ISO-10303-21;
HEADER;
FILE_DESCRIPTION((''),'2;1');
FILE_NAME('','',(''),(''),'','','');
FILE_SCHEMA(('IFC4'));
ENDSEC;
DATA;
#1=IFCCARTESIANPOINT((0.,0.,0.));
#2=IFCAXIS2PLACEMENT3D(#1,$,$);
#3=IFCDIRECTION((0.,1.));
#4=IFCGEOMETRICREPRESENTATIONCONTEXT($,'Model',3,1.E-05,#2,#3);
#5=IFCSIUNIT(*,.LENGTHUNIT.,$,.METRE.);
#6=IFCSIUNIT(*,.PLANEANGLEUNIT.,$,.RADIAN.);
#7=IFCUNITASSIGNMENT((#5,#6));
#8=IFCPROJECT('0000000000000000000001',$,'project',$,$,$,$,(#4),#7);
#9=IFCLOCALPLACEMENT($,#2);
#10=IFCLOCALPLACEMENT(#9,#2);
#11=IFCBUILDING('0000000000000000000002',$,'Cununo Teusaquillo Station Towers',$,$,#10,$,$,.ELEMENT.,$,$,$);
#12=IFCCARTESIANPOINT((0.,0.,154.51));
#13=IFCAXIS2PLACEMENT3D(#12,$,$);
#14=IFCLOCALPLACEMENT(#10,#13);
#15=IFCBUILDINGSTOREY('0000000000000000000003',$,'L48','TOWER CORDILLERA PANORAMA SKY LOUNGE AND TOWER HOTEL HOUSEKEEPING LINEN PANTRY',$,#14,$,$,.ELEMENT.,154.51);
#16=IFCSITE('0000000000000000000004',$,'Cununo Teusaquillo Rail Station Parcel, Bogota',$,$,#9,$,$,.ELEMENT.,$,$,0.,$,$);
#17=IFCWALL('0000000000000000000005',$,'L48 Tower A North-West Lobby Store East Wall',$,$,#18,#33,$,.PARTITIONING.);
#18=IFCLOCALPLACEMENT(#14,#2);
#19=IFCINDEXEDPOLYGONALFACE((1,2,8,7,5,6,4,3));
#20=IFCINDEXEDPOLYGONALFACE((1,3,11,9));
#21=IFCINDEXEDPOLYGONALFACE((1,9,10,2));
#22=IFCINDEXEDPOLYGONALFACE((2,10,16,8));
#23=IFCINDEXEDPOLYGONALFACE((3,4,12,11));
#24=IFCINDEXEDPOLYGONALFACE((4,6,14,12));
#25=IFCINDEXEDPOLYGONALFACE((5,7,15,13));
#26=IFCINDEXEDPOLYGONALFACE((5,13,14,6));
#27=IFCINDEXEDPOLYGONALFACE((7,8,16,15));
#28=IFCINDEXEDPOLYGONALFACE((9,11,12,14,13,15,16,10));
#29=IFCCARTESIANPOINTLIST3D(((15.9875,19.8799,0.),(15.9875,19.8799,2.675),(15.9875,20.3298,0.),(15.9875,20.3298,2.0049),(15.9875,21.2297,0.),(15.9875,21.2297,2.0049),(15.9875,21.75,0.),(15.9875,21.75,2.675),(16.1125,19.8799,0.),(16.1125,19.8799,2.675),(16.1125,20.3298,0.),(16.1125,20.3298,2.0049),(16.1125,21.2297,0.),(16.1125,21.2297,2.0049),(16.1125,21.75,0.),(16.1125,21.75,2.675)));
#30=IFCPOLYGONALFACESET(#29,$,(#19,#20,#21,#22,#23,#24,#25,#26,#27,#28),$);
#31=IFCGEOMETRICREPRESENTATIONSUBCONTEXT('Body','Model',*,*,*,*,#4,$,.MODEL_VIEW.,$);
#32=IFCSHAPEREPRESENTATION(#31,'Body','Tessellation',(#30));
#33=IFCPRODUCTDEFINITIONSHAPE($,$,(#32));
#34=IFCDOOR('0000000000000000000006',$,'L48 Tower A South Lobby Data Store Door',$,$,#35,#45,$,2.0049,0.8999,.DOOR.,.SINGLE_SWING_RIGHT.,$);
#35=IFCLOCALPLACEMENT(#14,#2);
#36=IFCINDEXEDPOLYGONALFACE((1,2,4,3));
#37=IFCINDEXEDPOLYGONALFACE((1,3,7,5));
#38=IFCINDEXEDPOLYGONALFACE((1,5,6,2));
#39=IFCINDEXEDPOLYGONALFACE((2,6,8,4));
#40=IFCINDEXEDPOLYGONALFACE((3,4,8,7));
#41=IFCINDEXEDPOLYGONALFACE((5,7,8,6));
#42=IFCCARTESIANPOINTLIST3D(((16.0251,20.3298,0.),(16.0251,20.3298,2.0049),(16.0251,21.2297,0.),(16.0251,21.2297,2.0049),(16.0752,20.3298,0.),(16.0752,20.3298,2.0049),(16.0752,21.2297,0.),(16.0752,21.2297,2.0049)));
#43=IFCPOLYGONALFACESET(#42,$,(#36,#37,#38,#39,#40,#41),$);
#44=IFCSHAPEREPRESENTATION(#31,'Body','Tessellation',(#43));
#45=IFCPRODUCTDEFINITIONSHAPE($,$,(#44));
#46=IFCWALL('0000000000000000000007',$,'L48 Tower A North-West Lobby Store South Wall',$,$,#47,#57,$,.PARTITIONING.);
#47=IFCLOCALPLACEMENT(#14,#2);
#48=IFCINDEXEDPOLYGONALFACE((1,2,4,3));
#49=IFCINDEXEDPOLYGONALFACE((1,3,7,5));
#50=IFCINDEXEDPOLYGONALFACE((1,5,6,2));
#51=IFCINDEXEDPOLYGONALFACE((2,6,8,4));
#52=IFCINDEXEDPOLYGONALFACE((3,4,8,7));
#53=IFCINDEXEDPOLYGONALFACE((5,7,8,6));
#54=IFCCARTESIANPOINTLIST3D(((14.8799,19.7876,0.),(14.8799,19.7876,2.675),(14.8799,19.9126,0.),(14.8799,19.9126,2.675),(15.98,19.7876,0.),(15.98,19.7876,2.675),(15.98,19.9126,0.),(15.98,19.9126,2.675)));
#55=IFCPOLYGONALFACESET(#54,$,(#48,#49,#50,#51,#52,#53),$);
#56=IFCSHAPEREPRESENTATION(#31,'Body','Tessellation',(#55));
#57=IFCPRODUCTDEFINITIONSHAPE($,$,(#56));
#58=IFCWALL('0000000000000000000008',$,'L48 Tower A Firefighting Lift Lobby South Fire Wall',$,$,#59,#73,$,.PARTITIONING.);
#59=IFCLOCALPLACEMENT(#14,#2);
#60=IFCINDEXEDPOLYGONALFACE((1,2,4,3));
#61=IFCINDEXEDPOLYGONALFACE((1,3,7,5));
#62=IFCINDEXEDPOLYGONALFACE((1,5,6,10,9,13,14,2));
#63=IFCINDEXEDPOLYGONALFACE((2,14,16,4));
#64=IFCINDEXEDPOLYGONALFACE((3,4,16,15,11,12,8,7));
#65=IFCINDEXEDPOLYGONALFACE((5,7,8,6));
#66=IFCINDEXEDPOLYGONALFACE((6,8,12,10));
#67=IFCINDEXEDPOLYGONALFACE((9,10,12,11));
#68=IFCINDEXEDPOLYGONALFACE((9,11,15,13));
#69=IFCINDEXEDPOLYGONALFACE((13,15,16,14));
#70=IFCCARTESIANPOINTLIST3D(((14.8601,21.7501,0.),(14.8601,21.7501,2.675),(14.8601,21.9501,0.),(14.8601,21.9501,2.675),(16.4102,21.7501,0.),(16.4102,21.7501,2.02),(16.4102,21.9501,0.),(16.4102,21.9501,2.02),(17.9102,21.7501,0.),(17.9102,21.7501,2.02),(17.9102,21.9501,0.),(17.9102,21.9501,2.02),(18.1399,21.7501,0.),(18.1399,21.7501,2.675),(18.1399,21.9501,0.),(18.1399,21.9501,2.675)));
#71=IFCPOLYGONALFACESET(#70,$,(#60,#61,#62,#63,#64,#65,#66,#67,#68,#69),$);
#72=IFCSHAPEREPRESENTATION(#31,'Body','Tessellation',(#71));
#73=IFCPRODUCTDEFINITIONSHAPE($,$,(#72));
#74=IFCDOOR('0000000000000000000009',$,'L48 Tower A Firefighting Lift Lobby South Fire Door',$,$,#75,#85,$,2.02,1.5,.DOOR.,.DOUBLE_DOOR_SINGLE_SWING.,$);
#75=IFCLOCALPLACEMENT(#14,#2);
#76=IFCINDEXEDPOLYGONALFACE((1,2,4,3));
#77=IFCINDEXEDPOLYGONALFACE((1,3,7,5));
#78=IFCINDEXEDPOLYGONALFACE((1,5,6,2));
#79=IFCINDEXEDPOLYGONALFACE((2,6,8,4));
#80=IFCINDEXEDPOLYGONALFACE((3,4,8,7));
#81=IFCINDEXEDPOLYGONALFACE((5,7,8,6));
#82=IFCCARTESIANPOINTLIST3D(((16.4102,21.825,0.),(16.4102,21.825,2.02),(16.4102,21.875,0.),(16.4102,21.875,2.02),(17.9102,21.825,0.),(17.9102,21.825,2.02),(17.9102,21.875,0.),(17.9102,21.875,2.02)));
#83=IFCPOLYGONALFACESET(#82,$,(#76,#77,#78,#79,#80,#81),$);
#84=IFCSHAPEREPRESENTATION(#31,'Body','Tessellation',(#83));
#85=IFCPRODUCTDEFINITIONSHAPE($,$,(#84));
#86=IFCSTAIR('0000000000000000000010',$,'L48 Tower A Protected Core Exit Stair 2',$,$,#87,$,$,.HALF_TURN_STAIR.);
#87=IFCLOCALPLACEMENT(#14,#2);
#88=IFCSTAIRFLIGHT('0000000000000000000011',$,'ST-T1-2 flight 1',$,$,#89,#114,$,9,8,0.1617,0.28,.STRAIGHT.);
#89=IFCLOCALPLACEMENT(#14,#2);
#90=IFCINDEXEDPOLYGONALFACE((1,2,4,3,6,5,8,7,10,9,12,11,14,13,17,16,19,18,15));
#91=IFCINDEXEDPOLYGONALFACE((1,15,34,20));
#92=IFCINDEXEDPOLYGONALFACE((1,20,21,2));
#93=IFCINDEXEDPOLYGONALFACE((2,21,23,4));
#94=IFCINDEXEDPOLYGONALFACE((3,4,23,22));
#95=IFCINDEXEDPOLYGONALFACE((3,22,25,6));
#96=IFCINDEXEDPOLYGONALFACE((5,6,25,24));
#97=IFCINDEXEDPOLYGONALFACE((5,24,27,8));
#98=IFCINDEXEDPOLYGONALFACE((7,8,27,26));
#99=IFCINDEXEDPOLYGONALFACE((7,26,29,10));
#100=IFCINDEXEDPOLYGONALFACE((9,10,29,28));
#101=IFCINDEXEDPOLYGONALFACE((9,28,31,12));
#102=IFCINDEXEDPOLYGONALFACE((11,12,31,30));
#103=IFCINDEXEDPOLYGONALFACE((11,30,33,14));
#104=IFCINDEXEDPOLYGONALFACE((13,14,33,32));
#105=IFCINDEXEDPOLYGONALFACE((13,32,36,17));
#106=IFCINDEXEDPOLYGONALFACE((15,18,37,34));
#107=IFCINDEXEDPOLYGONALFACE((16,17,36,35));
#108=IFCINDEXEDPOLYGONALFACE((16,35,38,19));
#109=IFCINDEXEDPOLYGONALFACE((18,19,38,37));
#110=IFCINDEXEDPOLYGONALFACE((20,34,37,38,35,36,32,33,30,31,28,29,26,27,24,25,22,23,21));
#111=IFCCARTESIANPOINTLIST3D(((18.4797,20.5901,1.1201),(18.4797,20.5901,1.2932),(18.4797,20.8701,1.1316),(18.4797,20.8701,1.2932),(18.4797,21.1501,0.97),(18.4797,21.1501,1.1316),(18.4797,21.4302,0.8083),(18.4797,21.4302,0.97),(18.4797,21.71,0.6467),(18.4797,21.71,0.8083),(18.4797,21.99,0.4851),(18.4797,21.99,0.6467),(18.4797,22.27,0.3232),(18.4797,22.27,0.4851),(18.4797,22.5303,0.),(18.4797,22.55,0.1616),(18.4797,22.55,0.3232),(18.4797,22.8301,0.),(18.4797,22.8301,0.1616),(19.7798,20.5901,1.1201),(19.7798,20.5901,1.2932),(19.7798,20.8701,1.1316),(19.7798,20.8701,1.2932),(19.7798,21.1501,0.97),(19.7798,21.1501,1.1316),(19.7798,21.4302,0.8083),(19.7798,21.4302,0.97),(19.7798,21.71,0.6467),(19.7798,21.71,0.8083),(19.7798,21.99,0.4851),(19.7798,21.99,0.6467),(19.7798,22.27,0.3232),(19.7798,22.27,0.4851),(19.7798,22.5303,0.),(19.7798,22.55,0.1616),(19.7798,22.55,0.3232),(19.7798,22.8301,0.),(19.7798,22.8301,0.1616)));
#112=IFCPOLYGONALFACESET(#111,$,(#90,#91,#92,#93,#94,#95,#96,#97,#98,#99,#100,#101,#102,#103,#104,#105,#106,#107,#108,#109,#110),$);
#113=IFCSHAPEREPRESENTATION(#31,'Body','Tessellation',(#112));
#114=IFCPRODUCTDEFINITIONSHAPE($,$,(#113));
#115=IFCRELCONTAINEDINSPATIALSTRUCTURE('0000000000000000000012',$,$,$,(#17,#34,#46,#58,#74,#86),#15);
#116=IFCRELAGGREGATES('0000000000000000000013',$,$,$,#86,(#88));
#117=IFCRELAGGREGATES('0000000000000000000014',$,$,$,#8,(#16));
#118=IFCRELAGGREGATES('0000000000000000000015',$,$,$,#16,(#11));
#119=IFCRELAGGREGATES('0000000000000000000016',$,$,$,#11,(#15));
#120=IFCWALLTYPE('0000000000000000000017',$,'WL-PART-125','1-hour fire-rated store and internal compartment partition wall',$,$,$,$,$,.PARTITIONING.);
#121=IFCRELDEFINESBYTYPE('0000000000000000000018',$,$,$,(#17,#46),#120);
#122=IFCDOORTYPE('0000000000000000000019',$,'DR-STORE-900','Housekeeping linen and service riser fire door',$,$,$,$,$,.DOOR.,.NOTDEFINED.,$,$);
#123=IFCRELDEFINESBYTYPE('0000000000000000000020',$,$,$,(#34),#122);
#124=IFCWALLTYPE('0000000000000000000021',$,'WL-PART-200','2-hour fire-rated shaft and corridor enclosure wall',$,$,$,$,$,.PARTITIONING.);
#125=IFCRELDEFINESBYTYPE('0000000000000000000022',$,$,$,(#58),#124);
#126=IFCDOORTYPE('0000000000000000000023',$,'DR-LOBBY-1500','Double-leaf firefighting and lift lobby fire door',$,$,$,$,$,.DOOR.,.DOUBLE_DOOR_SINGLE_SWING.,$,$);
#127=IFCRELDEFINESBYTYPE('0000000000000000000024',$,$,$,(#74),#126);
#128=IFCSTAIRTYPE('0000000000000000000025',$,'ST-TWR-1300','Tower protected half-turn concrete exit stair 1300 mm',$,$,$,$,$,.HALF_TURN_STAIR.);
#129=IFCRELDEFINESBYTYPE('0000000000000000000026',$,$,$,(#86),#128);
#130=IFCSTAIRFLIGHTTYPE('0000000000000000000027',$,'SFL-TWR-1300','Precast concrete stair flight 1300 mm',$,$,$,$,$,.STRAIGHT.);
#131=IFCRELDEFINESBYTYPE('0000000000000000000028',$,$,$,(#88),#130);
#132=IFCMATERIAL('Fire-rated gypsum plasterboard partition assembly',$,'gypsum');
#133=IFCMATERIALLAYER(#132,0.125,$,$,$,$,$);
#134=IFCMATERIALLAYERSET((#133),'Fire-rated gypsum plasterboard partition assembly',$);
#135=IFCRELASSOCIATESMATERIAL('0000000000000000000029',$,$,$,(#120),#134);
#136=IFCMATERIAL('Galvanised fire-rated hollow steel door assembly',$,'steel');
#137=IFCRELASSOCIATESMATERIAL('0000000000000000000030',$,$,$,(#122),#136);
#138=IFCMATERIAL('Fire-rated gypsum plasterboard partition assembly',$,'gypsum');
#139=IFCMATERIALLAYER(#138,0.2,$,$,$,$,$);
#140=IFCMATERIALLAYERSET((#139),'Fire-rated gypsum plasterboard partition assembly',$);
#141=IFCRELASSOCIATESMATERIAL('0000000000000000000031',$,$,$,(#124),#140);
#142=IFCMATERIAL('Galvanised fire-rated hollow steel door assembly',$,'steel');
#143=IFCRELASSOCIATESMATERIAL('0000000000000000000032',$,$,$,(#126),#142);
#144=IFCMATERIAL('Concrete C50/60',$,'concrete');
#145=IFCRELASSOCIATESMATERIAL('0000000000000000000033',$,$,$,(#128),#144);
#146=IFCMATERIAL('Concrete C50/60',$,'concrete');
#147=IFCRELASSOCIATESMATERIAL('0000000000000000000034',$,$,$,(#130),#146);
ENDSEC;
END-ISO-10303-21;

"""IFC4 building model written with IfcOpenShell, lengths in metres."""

from ifc_helpers import new_model, si_unit, direction, frame, frame_2d, origin, place, context, subcontext, project, spatial, polyline, rectangle, outline, extrude, source, transform, mapped, material, layer, layer_set, type_object, element, fill, aggregate, save


model = new_model("IFC4")

# Units and contexts
model_context = context("Model", 3, precision=1e-05, world=origin(), true_north=direction((0.0, 1.0)))
body_context = subcontext(model_context, "Body", "Model", "MODEL_VIEW")
ifc_project = project(units=[si_unit("LENGTHUNIT", "METRE"), si_unit("PLANEANGLEUNIT", "RADIAN")], contexts=[model_context])

# Site, building, storey
site_placement = place(None, origin())
site = spatial("IfcSite", under=ifc_project, at=site_placement, Name="Cununo Teusaquillo Rail Station Parcel, Bogota", CompositionType="ELEMENT", RefElevation=0.0)
building_placement = place(site_placement, origin())
building = spatial("IfcBuilding", under=site, at=building_placement, Name="Cununo Teusaquillo Station Towers", CompositionType="ELEMENT")
storey_placement = place(building_placement, frame((0.0, 0.0, 154.51)))
storey = spatial("IfcBuildingStorey", under=building, at=storey_placement, Name="L48", Description="TOWER CORDILLERA PANORAMA SKY LOUNGE AND TOWER HOTEL HOUSEKEEPING LINEN PANTRY", CompositionType="ELEMENT", Elevation=154.51)

# Wall, opening, door
ifc_material_1 = material(Name="Fire-rated gypsum plasterboard partition assembly", Category="gypsum")
ifc_layer_1 = layer(ifc_material_1, 0.125)
ifc_layer_set_1 = layer_set([ifc_layer_1], Name="Fire-rated gypsum plasterboard partition assembly")
wall_type_1 = type_object("IfcWallType", Name="WL-PART-125", Description="1-hour fire-rated store and internal compartment partition wall", PredefinedType="PARTITIONING", material=ifc_layer_set_1)
wall_1_placement = place(storey_placement, frame((16.05, 19.8799, 0.0), z_axis=(0.0, 0.0, 1.0), x_axis=(0.0, 1.0, 0.0)))
wall_1 = element("IfcWall", 1, at=wall_1_placement, inside=storey, type_object=wall_type_1, Name="L48 Tower A North-West Lobby Store East Wall", PredefinedType="PARTITIONING", context=body_context, shape_type="SweptSolid", body=[
    extrude(rectangle(XDim=1.8701, YDim=0.125, at=frame_2d((0.9351, 0.0))), origin(), (0.0, 0.0, 1.0), 2.675),
])
shared_shape_1 = source(origin(), body_context, "Body", "SweptSolid", [
    extrude(rectangle(XDim=0.8999, YDim=2.0049, at=frame_2d((0.45, 1.0024))), frame((0.0, 0.0725, 0.0), z_axis=(0.0, -1.0, 0.0), x_axis=(1.0, 0.0, 0.0)), (0.0, 0.0, 1.0), 0.145),
])
opening_1_placement = place(wall_1_placement, frame((0.45, 0.0, 0.0)))
opening_1 = element("IfcOpeningElement", 2, at=opening_1_placement, cuts=wall_1, PredefinedType="OPENING", context=body_context, shape_type="MappedRepresentation", body=[
    mapped(shared_shape_1, transform((0.0, 0.0, 0.0), x_axis=(1.0, 0.0, 0.0), y_axis=(0.0, 1.0, 0.0), z_axis=(0.0, 0.0, 1.0), scale=1.0)),
])
ifc_material_2 = material(Name="Galvanised fire-rated hollow steel door assembly", Category="steel")
door_type_1 = type_object("IfcDoorType", Name="DR-STORE-900", Description="Housekeeping linen and service riser fire door", OperationType="NOTDEFINED", PredefinedType="DOOR", material=ifc_material_2)
shared_shape_2 = source(origin(), body_context, "Body", "SweptSolid", [
    extrude(rectangle(XDim=0.8999, YDim=2.0049, at=frame_2d((0.45, 1.0024))), frame((0.0, 0.0249, 0.0), z_axis=(0.0, -1.0, 0.0), x_axis=(1.0, 0.0, 0.0)), (0.0, 0.0, 1.0), 0.05),
])
door_1_placement = place(opening_1_placement, origin())
door_1 = element("IfcDoor", 3, at=door_1_placement, inside=storey, type_object=door_type_1, Name="L48 Tower A South Lobby Data Store Door", OperationType="SINGLE_SWING_RIGHT", OverallHeight=2.0049, OverallWidth=0.8999, PredefinedType="DOOR", context=body_context, shape_type="MappedRepresentation", body=[
    mapped(shared_shape_2, transform((0.0, 0.0, 0.0), x_axis=(1.0, 0.0, 0.0), y_axis=(0.0, 1.0, 0.0), z_axis=(0.0, 0.0, 1.0), scale=1.0)),
])
fill(opening_1, door_1)

# Wall
wall_2_placement = place(storey_placement, frame((14.8799, 19.8501, 0.0), z_axis=(0.0, 0.0, 1.0), x_axis=(1.0, 0.0, 0.0)))
element("IfcWall", 4, at=wall_2_placement, inside=storey, type_object=wall_type_1, Name="L48 Tower A North-West Lobby Store South Wall", PredefinedType="PARTITIONING", context=body_context, shape_type="SweptSolid", body=[
    extrude(rectangle(XDim=1.1001, YDim=0.125, at=frame_2d((0.55, 0.0))), origin(), (0.0, 0.0, 1.0), 2.675),
])

# Wall, opening, door
ifc_material_3 = material(Name="Fire-rated gypsum plasterboard partition assembly", Category="gypsum")
ifc_layer_2 = layer(ifc_material_3, 0.2)
ifc_layer_set_2 = layer_set([ifc_layer_2], Name="Fire-rated gypsum plasterboard partition assembly")
wall_type_2 = type_object("IfcWallType", Name="WL-PART-200", Description="2-hour fire-rated shaft and corridor enclosure wall", PredefinedType="PARTITIONING", material=ifc_layer_set_2)
wall_3_placement = place(storey_placement, frame((14.8601, 21.8501, 0.0), z_axis=(0.0, 0.0, 1.0), x_axis=(1.0, 0.0, 0.0)))
wall_3 = element("IfcWall", 5, at=wall_3_placement, inside=storey, type_object=wall_type_2, Name="L48 Tower A Firefighting Lift Lobby South Fire Wall", PredefinedType="PARTITIONING", context=body_context, shape_type="SweptSolid", body=[
    extrude(rectangle(XDim=3.2798, YDim=0.2, at=frame_2d((1.6399, 0.0))), origin(), (0.0, 0.0, 1.0), 2.675),
])
shared_shape_3 = source(origin(), body_context, "Body", "SweptSolid", [
    extrude(rectangle(XDim=1.5, YDim=2.02, at=frame_2d((0.75, 1.01))), frame((0.0, 0.1099, 0.0), z_axis=(0.0, -1.0, 0.0), x_axis=(1.0, 0.0, 0.0)), (0.0, 0.0, 1.0), 0.22),
])
opening_2_placement = place(wall_3_placement, frame((1.55, 0.0, 0.0)))
opening_2 = element("IfcOpeningElement", 6, at=opening_2_placement, cuts=wall_3, PredefinedType="OPENING", context=body_context, shape_type="MappedRepresentation", body=[
    mapped(shared_shape_3, transform((0.0, 0.0, 0.0), x_axis=(1.0, 0.0, 0.0), y_axis=(0.0, 1.0, 0.0), z_axis=(0.0, 0.0, 1.0), scale=1.0)),
])
ifc_material_4 = material(Name="Galvanised fire-rated hollow steel door assembly", Category="steel")
door_type_2 = type_object("IfcDoorType", Name="DR-LOBBY-1500", Description="Double-leaf firefighting and lift lobby fire door", OperationType="DOUBLE_DOOR_SINGLE_SWING", PredefinedType="DOOR", material=ifc_material_4)
shared_shape_4 = source(origin(), body_context, "Body", "SweptSolid", [
    extrude(rectangle(XDim=1.5, YDim=2.02, at=frame_2d((0.75, 1.01))), frame((0.0, 0.0249, 0.0), z_axis=(0.0, -1.0, 0.0), x_axis=(1.0, 0.0, 0.0)), (0.0, 0.0, 1.0), 0.05),
])
door_2_placement = place(opening_2_placement, origin())
door_2 = element("IfcDoor", 7, at=door_2_placement, inside=storey, type_object=door_type_2, Name="L48 Tower A Firefighting Lift Lobby South Fire Door", OperationType="DOUBLE_DOOR_SINGLE_SWING", OverallHeight=2.02, OverallWidth=1.5, PredefinedType="DOOR", context=body_context, shape_type="MappedRepresentation", body=[
    mapped(shared_shape_4, transform((0.0, 0.0, 0.0), x_axis=(1.0, 0.0, 0.0), y_axis=(0.0, 1.0, 0.0), z_axis=(0.0, 0.0, 1.0), scale=1.0)),
])
fill(opening_2, door_2)

# Stair, stair flight
ifc_material_5 = material(Name="Concrete C50/60", Category="concrete")
stair_type = type_object("IfcStairType", Name="ST-TWR-1300", Description="Tower protected half-turn concrete exit stair 1300 mm", PredefinedType="HALF_TURN_STAIR", material=ifc_material_5)
stair_placement = place(storey_placement, origin())
stair = element("IfcStair", 8, at=stair_placement, inside=storey, type_object=stair_type, Name="L48 Tower A Protected Core Exit Stair 2", PredefinedType="HALF_TURN_STAIR")
ifc_material_6 = material(Name="Concrete C50/60", Category="concrete")
stair_flight_type = type_object("IfcStairFlightType", Name="SFL-TWR-1300", Description="Precast concrete stair flight 1300 mm", PredefinedType="STRAIGHT", material=ifc_material_6)
stair_flight_placement = place(storey_placement, frame((19.1299, 22.8301, 0.0), z_axis=(0.0, 0.0, 1.0), x_axis=(0.0, -1.0, 0.0)))
stair_flight = element("IfcStairFlight", 9, at=stair_flight_placement, type_object=stair_flight_type, Name="ST-T1-2 flight 1", NumberOfRisers=9, NumberOfTreads=8, PredefinedType="STRAIGHT", RiserHeight=0.1617, TreadLength=0.28, context=body_context, shape_type="SweptSolid", body=[
    extrude(outline(polyline([(0.0, 0.0), (0.0, 0.1616), (0.28, 0.1616), (0.28, 0.3232), (0.5601, 0.3232), (0.5601, 0.4851), (0.8401, 0.4851), (0.8401, 0.6467), (1.1201, 0.6467), (1.1201, 0.8083), (1.3999, 0.8083), (1.3999, 0.97), (1.6799, 0.97), (1.6799, 1.1316), (1.96, 1.1316), (1.96, 1.2932), (2.24, 1.2932), (2.24, 1.4551), (2.24, 1.1201), (0.2998, 0.0), (0.0, 0.0)])), frame((0.0, 0.6499, 0.0), z_axis=(0.0, -1.0, 0.0), x_axis=(1.0, 0.0, 0.0)), (0.0, 0.0, 1.0), 1.3),
])
aggregate(stair, [stair_flight])

save(model, "model.ifc")
